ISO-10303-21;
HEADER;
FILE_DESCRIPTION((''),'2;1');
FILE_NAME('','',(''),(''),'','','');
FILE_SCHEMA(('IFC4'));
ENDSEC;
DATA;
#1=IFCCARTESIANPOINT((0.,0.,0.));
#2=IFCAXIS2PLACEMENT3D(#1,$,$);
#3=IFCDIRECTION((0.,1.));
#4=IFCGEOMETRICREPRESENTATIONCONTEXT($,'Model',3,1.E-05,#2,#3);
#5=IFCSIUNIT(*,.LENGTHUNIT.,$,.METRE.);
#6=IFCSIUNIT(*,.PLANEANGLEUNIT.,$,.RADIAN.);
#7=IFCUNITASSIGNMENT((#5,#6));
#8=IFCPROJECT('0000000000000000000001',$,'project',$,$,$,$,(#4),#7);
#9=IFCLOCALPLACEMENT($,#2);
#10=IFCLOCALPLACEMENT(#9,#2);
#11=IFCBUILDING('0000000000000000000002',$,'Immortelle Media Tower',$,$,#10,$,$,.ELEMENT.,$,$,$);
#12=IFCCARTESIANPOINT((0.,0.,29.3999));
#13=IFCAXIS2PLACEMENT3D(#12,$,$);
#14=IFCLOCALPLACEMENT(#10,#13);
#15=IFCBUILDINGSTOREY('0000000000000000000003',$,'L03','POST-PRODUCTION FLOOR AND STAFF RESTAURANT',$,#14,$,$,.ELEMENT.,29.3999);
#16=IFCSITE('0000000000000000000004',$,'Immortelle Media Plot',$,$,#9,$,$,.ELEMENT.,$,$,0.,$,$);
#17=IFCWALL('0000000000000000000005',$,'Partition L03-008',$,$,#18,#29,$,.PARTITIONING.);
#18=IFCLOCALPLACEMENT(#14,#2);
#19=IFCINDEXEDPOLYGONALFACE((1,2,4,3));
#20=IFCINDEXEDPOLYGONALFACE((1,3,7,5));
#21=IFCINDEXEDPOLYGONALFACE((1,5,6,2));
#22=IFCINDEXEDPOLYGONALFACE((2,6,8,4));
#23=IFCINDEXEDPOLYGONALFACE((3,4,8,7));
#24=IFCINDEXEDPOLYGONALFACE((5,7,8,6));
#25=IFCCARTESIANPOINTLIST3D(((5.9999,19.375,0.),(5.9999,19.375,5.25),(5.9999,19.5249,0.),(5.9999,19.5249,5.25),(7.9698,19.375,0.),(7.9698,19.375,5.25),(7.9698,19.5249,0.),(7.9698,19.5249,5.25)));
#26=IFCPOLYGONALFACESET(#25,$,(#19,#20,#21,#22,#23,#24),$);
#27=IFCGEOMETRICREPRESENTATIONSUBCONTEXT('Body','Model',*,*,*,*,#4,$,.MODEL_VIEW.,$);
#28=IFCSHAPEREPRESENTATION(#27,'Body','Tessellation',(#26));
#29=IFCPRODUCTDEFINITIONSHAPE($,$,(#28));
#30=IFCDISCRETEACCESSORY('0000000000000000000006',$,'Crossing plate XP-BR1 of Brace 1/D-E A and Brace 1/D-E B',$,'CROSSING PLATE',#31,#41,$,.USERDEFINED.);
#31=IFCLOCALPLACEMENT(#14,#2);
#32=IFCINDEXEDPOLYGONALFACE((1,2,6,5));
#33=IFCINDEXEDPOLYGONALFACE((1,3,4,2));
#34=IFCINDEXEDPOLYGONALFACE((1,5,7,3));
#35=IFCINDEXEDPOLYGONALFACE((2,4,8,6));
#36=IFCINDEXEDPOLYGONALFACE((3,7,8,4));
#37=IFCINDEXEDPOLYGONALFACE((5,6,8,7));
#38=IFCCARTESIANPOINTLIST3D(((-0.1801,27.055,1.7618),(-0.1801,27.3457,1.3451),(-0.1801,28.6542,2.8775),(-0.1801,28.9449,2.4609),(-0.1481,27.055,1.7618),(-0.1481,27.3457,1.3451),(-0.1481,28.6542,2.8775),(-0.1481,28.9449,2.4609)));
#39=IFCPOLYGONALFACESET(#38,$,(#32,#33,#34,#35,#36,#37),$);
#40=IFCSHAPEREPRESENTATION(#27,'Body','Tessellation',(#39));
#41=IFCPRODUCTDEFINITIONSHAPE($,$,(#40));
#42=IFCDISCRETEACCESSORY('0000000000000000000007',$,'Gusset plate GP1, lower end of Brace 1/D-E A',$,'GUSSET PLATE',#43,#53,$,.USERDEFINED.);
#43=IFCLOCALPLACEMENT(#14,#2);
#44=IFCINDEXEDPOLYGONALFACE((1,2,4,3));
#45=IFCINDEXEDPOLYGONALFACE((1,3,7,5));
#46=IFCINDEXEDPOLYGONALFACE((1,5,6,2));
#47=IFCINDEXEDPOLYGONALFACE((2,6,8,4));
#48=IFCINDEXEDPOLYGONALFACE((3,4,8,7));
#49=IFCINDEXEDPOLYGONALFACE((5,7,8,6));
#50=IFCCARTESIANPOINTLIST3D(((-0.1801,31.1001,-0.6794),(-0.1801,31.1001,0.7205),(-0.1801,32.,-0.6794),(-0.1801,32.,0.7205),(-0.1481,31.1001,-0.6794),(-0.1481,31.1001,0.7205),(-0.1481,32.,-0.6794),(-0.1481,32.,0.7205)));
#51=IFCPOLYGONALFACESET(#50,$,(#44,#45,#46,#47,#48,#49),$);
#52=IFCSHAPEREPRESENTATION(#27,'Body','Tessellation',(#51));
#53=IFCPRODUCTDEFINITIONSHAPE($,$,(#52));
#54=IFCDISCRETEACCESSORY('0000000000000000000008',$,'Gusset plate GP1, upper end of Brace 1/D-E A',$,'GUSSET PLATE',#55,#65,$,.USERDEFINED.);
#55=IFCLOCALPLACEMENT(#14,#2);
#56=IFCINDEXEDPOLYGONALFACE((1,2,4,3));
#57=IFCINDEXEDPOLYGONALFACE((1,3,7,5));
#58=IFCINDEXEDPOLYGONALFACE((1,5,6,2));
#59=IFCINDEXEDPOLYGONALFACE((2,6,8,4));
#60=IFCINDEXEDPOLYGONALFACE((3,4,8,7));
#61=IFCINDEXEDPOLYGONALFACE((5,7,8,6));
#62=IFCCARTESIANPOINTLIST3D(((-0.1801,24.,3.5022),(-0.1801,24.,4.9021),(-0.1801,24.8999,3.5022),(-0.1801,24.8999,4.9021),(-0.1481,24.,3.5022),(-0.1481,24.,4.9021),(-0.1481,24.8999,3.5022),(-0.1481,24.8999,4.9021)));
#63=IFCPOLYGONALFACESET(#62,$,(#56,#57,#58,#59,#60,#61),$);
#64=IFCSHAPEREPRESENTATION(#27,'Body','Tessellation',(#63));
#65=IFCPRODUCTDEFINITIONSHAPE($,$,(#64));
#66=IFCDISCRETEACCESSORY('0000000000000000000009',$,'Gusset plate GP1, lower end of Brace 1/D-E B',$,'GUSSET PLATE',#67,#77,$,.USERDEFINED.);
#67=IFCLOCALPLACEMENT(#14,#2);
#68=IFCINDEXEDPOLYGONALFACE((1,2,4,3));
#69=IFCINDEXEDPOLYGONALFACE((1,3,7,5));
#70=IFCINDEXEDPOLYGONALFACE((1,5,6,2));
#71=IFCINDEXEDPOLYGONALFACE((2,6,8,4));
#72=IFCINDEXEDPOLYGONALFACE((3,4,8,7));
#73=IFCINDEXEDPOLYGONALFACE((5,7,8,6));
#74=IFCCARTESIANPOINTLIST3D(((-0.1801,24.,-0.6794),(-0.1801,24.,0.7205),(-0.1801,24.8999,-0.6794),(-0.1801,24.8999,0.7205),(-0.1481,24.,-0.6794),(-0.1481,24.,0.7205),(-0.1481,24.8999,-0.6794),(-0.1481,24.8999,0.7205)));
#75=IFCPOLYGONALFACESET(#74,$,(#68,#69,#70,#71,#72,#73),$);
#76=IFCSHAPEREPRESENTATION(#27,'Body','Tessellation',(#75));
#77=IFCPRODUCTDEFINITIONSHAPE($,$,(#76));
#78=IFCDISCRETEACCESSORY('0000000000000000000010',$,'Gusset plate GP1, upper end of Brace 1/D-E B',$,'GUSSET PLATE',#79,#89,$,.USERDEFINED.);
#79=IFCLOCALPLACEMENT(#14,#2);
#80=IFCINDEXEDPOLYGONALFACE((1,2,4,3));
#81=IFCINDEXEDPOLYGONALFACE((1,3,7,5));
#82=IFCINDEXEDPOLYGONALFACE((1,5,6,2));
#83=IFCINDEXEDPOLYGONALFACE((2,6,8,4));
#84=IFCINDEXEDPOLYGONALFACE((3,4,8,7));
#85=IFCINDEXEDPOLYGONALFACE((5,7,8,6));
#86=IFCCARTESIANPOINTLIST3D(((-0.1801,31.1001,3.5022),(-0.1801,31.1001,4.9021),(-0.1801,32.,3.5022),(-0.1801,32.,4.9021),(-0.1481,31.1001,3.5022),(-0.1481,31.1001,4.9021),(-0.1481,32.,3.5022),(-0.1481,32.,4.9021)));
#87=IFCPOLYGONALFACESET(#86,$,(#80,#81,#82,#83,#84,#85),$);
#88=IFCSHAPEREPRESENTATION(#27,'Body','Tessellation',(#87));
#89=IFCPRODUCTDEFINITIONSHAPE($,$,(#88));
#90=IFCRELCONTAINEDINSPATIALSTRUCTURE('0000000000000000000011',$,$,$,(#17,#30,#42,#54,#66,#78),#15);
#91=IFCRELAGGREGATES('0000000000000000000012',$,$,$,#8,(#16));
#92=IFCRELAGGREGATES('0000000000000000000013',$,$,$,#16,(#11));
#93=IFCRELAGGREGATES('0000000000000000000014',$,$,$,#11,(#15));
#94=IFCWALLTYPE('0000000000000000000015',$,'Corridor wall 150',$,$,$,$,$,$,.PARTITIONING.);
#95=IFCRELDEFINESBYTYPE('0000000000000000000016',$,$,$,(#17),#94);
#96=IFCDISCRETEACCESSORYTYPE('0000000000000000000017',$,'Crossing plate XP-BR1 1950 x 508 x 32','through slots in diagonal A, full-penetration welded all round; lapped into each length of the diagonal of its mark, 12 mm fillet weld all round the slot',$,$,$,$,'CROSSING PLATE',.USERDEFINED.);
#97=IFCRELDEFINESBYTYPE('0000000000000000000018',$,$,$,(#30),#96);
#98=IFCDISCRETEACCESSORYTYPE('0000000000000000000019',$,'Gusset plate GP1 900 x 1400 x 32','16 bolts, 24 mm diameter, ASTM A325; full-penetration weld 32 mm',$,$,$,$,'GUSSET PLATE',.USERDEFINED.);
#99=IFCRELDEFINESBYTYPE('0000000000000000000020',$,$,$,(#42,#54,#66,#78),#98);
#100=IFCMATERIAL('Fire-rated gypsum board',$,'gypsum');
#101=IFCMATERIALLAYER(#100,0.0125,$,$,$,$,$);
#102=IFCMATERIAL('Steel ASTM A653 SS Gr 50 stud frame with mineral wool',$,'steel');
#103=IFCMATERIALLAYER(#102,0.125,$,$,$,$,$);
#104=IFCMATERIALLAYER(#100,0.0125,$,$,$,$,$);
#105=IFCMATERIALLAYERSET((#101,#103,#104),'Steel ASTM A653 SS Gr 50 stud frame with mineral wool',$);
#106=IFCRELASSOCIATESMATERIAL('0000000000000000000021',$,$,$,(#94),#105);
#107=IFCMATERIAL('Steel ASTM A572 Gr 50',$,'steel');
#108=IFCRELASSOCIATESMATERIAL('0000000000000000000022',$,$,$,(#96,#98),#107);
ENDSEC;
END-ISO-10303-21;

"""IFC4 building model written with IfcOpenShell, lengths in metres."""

from ifc_helpers import new_model, si_unit, direction, frame, frame_2d, origin, origin_2d, place, context, subcontext, project, spatial, rectangle, extrude, material, layer, layer_set, material_profile, profile_set, type_object, element, save


model = new_model("IFC4")

# Units and contexts
model_context = context("Model", 3, precision=1e-05, world=origin(), true_north=direction((0.0, 1.0)))
body_context = subcontext(model_context, "Body", "Model", "MODEL_VIEW")
ifc_project = project(units=[si_unit("LENGTHUNIT", "METRE"), si_unit("PLANEANGLEUNIT", "RADIAN")], contexts=[model_context])

# Site, building, storey
site_placement = place(None, origin())
site = spatial("IfcSite", under=ifc_project, at=site_placement, Name="Immortelle Media Plot", CompositionType="ELEMENT", RefElevation=0.0)
building_placement = place(site_placement, origin())
building = spatial("IfcBuilding", under=site, at=building_placement, Name="Immortelle Media Tower", CompositionType="ELEMENT")
storey_placement = place(building_placement, frame((0.0, 0.0, 29.3999)))
storey = spatial("IfcBuildingStorey", under=building, at=storey_placement, Name="L03", Description="POST-PRODUCTION FLOOR AND STAFF RESTAURANT", CompositionType="ELEMENT", Elevation=29.3999)

# Wall
ifc_material_1 = material(Name="Fire-rated gypsum board", Category="gypsum")
ifc_layer_1 = layer(ifc_material_1, 0.0125)
ifc_material_2 = material(Name="Steel ASTM A653 SS Gr 50 stud frame with mineral wool", Category="steel")
ifc_layer_2 = layer(ifc_material_2, 0.125)
ifc_layer_3 = layer(ifc_material_1, 0.0125)
ifc_layer_set = layer_set([ifc_layer_1, ifc_layer_2, ifc_layer_3], Name="Steel ASTM A653 SS Gr 50 stud frame with mineral wool")
wall_type = type_object("IfcWallType", Name="Corridor wall 150", PredefinedType="PARTITIONING", material=ifc_layer_set)
wall_placement = place(storey_placement, frame((6.0, 19.45, 0.0), z_axis=(0.0, 0.0, 1.0), x_axis=(1.0, 0.0, 0.0)))
element("IfcWall", 1, at=wall_placement, inside=storey, type_object=wall_type, Name="Partition L03-008", PredefinedType="PARTITIONING", context=body_context, shape_type="SweptSolid", body=[
    extrude(rectangle(XDim=1.97, YDim=0.1499, at=frame_2d((0.9849, 0.0))), origin(), (0.0, 0.0, 1.0), 5.25),
])

# Discrete accessories
ifc_material_3 = material(Name="Steel ASTM A572 Gr 50", Category="steel")
ifc_material_profile_1 = material_profile(ifc_material_3, rectangle(XDim=0.032, YDim=0.5081, at=origin_2d()), Name="PL 32 x 508")
ifc_profile_set_1 = profile_set([ifc_material_profile_1], Name="Steel ASTM A572 Gr 50")
discrete_accessory_type_1 = type_object("IfcDiscreteAccessoryType", Name="Crossing plate XP-BR1 1950 x 508 x 32", Description="through slots in diagonal A, full-penetration welded all round; lapped into each length of the diagonal of its mark, 12 mm fillet weld all round the slot", ElementType="CROSSING PLATE", PredefinedType="USERDEFINED", material=ifc_profile_set_1)
discrete_accessory_placement = place(storey_placement, frame((-0.1641, 28.7996, 2.6692), z_axis=(0.0, -0.820113, -0.572201), x_axis=(1.0, 0.0, 0.0)))
element("IfcDiscreteAccessory", 2, at=discrete_accessory_placement, inside=storey, type_object=discrete_accessory_type_1, Name="Crossing plate XP-BR1 of Brace 1/D-E A and Brace 1/D-E B", ObjectType="CROSSING PLATE", PredefinedType="USERDEFINED", context=body_context, shape_type="SweptSolid", body=[
    extrude(rectangle(XDim=0.032, YDim=0.5081, at=origin_2d()), origin(), (0.0, 0.0, 1.0), 1.95),
])
ifc_material_profile_2 = material_profile(ifc_material_3, rectangle(XDim=0.032, YDim=1.3999, at=origin_2d()), Name="PL 32 x 1400")
ifc_profile_set_2 = profile_set([ifc_material_profile_2], Name="Steel ASTM A572 Gr 50")
discrete_accessory_type_2 = type_object("IfcDiscreteAccessoryType", Name="Gusset plate GP1 900 x 1400 x 32", Description="16 bolts, 24 mm diameter, ASTM A325; full-penetration weld 32 mm", ElementType="GUSSET PLATE", PredefinedType="USERDEFINED", material=ifc_profile_set_2)
for number, where, z_axis, x_axis, name in (
    (3, (-0.1641, 32.0, 0.0205), (0.0, -1.0, 0.0), (1.0, 0.0, 0.0), "Gusset plate GP1, lower end of Brace 1/D-E A"),
    (4, (-0.1641, 24.0, 4.2021), (0.0, 1.0, 0.0), (-1.0, 0.0, 0.0), "Gusset plate GP1, upper end of Brace 1/D-E A"),
    (5, (-0.1641, 24.0, 0.0205), (0.0, 1.0, 0.0), (-1.0, 0.0, 0.0), "Gusset plate GP1, lower end of Brace 1/D-E B"),
    (6, (-0.1641, 32.0, 4.2021), (0.0, -1.0, 0.0), (1.0, 0.0, 0.0), "Gusset plate GP1, upper end of Brace 1/D-E B"),
):
    element("IfcDiscreteAccessory", number, at=place(storey_placement, frame(where, z_axis=z_axis, x_axis=x_axis)), inside=storey, type_object=discrete_accessory_type_2, Name=name, ObjectType="GUSSET PLATE", PredefinedType="USERDEFINED", context=body_context, shape_type="SweptSolid", body=[
        extrude(rectangle(XDim=0.032, YDim=1.3999, at=origin_2d()), origin(), (0.0, 0.0, 1.0), 0.8999),
    ])

save(model, "model.ifc")
